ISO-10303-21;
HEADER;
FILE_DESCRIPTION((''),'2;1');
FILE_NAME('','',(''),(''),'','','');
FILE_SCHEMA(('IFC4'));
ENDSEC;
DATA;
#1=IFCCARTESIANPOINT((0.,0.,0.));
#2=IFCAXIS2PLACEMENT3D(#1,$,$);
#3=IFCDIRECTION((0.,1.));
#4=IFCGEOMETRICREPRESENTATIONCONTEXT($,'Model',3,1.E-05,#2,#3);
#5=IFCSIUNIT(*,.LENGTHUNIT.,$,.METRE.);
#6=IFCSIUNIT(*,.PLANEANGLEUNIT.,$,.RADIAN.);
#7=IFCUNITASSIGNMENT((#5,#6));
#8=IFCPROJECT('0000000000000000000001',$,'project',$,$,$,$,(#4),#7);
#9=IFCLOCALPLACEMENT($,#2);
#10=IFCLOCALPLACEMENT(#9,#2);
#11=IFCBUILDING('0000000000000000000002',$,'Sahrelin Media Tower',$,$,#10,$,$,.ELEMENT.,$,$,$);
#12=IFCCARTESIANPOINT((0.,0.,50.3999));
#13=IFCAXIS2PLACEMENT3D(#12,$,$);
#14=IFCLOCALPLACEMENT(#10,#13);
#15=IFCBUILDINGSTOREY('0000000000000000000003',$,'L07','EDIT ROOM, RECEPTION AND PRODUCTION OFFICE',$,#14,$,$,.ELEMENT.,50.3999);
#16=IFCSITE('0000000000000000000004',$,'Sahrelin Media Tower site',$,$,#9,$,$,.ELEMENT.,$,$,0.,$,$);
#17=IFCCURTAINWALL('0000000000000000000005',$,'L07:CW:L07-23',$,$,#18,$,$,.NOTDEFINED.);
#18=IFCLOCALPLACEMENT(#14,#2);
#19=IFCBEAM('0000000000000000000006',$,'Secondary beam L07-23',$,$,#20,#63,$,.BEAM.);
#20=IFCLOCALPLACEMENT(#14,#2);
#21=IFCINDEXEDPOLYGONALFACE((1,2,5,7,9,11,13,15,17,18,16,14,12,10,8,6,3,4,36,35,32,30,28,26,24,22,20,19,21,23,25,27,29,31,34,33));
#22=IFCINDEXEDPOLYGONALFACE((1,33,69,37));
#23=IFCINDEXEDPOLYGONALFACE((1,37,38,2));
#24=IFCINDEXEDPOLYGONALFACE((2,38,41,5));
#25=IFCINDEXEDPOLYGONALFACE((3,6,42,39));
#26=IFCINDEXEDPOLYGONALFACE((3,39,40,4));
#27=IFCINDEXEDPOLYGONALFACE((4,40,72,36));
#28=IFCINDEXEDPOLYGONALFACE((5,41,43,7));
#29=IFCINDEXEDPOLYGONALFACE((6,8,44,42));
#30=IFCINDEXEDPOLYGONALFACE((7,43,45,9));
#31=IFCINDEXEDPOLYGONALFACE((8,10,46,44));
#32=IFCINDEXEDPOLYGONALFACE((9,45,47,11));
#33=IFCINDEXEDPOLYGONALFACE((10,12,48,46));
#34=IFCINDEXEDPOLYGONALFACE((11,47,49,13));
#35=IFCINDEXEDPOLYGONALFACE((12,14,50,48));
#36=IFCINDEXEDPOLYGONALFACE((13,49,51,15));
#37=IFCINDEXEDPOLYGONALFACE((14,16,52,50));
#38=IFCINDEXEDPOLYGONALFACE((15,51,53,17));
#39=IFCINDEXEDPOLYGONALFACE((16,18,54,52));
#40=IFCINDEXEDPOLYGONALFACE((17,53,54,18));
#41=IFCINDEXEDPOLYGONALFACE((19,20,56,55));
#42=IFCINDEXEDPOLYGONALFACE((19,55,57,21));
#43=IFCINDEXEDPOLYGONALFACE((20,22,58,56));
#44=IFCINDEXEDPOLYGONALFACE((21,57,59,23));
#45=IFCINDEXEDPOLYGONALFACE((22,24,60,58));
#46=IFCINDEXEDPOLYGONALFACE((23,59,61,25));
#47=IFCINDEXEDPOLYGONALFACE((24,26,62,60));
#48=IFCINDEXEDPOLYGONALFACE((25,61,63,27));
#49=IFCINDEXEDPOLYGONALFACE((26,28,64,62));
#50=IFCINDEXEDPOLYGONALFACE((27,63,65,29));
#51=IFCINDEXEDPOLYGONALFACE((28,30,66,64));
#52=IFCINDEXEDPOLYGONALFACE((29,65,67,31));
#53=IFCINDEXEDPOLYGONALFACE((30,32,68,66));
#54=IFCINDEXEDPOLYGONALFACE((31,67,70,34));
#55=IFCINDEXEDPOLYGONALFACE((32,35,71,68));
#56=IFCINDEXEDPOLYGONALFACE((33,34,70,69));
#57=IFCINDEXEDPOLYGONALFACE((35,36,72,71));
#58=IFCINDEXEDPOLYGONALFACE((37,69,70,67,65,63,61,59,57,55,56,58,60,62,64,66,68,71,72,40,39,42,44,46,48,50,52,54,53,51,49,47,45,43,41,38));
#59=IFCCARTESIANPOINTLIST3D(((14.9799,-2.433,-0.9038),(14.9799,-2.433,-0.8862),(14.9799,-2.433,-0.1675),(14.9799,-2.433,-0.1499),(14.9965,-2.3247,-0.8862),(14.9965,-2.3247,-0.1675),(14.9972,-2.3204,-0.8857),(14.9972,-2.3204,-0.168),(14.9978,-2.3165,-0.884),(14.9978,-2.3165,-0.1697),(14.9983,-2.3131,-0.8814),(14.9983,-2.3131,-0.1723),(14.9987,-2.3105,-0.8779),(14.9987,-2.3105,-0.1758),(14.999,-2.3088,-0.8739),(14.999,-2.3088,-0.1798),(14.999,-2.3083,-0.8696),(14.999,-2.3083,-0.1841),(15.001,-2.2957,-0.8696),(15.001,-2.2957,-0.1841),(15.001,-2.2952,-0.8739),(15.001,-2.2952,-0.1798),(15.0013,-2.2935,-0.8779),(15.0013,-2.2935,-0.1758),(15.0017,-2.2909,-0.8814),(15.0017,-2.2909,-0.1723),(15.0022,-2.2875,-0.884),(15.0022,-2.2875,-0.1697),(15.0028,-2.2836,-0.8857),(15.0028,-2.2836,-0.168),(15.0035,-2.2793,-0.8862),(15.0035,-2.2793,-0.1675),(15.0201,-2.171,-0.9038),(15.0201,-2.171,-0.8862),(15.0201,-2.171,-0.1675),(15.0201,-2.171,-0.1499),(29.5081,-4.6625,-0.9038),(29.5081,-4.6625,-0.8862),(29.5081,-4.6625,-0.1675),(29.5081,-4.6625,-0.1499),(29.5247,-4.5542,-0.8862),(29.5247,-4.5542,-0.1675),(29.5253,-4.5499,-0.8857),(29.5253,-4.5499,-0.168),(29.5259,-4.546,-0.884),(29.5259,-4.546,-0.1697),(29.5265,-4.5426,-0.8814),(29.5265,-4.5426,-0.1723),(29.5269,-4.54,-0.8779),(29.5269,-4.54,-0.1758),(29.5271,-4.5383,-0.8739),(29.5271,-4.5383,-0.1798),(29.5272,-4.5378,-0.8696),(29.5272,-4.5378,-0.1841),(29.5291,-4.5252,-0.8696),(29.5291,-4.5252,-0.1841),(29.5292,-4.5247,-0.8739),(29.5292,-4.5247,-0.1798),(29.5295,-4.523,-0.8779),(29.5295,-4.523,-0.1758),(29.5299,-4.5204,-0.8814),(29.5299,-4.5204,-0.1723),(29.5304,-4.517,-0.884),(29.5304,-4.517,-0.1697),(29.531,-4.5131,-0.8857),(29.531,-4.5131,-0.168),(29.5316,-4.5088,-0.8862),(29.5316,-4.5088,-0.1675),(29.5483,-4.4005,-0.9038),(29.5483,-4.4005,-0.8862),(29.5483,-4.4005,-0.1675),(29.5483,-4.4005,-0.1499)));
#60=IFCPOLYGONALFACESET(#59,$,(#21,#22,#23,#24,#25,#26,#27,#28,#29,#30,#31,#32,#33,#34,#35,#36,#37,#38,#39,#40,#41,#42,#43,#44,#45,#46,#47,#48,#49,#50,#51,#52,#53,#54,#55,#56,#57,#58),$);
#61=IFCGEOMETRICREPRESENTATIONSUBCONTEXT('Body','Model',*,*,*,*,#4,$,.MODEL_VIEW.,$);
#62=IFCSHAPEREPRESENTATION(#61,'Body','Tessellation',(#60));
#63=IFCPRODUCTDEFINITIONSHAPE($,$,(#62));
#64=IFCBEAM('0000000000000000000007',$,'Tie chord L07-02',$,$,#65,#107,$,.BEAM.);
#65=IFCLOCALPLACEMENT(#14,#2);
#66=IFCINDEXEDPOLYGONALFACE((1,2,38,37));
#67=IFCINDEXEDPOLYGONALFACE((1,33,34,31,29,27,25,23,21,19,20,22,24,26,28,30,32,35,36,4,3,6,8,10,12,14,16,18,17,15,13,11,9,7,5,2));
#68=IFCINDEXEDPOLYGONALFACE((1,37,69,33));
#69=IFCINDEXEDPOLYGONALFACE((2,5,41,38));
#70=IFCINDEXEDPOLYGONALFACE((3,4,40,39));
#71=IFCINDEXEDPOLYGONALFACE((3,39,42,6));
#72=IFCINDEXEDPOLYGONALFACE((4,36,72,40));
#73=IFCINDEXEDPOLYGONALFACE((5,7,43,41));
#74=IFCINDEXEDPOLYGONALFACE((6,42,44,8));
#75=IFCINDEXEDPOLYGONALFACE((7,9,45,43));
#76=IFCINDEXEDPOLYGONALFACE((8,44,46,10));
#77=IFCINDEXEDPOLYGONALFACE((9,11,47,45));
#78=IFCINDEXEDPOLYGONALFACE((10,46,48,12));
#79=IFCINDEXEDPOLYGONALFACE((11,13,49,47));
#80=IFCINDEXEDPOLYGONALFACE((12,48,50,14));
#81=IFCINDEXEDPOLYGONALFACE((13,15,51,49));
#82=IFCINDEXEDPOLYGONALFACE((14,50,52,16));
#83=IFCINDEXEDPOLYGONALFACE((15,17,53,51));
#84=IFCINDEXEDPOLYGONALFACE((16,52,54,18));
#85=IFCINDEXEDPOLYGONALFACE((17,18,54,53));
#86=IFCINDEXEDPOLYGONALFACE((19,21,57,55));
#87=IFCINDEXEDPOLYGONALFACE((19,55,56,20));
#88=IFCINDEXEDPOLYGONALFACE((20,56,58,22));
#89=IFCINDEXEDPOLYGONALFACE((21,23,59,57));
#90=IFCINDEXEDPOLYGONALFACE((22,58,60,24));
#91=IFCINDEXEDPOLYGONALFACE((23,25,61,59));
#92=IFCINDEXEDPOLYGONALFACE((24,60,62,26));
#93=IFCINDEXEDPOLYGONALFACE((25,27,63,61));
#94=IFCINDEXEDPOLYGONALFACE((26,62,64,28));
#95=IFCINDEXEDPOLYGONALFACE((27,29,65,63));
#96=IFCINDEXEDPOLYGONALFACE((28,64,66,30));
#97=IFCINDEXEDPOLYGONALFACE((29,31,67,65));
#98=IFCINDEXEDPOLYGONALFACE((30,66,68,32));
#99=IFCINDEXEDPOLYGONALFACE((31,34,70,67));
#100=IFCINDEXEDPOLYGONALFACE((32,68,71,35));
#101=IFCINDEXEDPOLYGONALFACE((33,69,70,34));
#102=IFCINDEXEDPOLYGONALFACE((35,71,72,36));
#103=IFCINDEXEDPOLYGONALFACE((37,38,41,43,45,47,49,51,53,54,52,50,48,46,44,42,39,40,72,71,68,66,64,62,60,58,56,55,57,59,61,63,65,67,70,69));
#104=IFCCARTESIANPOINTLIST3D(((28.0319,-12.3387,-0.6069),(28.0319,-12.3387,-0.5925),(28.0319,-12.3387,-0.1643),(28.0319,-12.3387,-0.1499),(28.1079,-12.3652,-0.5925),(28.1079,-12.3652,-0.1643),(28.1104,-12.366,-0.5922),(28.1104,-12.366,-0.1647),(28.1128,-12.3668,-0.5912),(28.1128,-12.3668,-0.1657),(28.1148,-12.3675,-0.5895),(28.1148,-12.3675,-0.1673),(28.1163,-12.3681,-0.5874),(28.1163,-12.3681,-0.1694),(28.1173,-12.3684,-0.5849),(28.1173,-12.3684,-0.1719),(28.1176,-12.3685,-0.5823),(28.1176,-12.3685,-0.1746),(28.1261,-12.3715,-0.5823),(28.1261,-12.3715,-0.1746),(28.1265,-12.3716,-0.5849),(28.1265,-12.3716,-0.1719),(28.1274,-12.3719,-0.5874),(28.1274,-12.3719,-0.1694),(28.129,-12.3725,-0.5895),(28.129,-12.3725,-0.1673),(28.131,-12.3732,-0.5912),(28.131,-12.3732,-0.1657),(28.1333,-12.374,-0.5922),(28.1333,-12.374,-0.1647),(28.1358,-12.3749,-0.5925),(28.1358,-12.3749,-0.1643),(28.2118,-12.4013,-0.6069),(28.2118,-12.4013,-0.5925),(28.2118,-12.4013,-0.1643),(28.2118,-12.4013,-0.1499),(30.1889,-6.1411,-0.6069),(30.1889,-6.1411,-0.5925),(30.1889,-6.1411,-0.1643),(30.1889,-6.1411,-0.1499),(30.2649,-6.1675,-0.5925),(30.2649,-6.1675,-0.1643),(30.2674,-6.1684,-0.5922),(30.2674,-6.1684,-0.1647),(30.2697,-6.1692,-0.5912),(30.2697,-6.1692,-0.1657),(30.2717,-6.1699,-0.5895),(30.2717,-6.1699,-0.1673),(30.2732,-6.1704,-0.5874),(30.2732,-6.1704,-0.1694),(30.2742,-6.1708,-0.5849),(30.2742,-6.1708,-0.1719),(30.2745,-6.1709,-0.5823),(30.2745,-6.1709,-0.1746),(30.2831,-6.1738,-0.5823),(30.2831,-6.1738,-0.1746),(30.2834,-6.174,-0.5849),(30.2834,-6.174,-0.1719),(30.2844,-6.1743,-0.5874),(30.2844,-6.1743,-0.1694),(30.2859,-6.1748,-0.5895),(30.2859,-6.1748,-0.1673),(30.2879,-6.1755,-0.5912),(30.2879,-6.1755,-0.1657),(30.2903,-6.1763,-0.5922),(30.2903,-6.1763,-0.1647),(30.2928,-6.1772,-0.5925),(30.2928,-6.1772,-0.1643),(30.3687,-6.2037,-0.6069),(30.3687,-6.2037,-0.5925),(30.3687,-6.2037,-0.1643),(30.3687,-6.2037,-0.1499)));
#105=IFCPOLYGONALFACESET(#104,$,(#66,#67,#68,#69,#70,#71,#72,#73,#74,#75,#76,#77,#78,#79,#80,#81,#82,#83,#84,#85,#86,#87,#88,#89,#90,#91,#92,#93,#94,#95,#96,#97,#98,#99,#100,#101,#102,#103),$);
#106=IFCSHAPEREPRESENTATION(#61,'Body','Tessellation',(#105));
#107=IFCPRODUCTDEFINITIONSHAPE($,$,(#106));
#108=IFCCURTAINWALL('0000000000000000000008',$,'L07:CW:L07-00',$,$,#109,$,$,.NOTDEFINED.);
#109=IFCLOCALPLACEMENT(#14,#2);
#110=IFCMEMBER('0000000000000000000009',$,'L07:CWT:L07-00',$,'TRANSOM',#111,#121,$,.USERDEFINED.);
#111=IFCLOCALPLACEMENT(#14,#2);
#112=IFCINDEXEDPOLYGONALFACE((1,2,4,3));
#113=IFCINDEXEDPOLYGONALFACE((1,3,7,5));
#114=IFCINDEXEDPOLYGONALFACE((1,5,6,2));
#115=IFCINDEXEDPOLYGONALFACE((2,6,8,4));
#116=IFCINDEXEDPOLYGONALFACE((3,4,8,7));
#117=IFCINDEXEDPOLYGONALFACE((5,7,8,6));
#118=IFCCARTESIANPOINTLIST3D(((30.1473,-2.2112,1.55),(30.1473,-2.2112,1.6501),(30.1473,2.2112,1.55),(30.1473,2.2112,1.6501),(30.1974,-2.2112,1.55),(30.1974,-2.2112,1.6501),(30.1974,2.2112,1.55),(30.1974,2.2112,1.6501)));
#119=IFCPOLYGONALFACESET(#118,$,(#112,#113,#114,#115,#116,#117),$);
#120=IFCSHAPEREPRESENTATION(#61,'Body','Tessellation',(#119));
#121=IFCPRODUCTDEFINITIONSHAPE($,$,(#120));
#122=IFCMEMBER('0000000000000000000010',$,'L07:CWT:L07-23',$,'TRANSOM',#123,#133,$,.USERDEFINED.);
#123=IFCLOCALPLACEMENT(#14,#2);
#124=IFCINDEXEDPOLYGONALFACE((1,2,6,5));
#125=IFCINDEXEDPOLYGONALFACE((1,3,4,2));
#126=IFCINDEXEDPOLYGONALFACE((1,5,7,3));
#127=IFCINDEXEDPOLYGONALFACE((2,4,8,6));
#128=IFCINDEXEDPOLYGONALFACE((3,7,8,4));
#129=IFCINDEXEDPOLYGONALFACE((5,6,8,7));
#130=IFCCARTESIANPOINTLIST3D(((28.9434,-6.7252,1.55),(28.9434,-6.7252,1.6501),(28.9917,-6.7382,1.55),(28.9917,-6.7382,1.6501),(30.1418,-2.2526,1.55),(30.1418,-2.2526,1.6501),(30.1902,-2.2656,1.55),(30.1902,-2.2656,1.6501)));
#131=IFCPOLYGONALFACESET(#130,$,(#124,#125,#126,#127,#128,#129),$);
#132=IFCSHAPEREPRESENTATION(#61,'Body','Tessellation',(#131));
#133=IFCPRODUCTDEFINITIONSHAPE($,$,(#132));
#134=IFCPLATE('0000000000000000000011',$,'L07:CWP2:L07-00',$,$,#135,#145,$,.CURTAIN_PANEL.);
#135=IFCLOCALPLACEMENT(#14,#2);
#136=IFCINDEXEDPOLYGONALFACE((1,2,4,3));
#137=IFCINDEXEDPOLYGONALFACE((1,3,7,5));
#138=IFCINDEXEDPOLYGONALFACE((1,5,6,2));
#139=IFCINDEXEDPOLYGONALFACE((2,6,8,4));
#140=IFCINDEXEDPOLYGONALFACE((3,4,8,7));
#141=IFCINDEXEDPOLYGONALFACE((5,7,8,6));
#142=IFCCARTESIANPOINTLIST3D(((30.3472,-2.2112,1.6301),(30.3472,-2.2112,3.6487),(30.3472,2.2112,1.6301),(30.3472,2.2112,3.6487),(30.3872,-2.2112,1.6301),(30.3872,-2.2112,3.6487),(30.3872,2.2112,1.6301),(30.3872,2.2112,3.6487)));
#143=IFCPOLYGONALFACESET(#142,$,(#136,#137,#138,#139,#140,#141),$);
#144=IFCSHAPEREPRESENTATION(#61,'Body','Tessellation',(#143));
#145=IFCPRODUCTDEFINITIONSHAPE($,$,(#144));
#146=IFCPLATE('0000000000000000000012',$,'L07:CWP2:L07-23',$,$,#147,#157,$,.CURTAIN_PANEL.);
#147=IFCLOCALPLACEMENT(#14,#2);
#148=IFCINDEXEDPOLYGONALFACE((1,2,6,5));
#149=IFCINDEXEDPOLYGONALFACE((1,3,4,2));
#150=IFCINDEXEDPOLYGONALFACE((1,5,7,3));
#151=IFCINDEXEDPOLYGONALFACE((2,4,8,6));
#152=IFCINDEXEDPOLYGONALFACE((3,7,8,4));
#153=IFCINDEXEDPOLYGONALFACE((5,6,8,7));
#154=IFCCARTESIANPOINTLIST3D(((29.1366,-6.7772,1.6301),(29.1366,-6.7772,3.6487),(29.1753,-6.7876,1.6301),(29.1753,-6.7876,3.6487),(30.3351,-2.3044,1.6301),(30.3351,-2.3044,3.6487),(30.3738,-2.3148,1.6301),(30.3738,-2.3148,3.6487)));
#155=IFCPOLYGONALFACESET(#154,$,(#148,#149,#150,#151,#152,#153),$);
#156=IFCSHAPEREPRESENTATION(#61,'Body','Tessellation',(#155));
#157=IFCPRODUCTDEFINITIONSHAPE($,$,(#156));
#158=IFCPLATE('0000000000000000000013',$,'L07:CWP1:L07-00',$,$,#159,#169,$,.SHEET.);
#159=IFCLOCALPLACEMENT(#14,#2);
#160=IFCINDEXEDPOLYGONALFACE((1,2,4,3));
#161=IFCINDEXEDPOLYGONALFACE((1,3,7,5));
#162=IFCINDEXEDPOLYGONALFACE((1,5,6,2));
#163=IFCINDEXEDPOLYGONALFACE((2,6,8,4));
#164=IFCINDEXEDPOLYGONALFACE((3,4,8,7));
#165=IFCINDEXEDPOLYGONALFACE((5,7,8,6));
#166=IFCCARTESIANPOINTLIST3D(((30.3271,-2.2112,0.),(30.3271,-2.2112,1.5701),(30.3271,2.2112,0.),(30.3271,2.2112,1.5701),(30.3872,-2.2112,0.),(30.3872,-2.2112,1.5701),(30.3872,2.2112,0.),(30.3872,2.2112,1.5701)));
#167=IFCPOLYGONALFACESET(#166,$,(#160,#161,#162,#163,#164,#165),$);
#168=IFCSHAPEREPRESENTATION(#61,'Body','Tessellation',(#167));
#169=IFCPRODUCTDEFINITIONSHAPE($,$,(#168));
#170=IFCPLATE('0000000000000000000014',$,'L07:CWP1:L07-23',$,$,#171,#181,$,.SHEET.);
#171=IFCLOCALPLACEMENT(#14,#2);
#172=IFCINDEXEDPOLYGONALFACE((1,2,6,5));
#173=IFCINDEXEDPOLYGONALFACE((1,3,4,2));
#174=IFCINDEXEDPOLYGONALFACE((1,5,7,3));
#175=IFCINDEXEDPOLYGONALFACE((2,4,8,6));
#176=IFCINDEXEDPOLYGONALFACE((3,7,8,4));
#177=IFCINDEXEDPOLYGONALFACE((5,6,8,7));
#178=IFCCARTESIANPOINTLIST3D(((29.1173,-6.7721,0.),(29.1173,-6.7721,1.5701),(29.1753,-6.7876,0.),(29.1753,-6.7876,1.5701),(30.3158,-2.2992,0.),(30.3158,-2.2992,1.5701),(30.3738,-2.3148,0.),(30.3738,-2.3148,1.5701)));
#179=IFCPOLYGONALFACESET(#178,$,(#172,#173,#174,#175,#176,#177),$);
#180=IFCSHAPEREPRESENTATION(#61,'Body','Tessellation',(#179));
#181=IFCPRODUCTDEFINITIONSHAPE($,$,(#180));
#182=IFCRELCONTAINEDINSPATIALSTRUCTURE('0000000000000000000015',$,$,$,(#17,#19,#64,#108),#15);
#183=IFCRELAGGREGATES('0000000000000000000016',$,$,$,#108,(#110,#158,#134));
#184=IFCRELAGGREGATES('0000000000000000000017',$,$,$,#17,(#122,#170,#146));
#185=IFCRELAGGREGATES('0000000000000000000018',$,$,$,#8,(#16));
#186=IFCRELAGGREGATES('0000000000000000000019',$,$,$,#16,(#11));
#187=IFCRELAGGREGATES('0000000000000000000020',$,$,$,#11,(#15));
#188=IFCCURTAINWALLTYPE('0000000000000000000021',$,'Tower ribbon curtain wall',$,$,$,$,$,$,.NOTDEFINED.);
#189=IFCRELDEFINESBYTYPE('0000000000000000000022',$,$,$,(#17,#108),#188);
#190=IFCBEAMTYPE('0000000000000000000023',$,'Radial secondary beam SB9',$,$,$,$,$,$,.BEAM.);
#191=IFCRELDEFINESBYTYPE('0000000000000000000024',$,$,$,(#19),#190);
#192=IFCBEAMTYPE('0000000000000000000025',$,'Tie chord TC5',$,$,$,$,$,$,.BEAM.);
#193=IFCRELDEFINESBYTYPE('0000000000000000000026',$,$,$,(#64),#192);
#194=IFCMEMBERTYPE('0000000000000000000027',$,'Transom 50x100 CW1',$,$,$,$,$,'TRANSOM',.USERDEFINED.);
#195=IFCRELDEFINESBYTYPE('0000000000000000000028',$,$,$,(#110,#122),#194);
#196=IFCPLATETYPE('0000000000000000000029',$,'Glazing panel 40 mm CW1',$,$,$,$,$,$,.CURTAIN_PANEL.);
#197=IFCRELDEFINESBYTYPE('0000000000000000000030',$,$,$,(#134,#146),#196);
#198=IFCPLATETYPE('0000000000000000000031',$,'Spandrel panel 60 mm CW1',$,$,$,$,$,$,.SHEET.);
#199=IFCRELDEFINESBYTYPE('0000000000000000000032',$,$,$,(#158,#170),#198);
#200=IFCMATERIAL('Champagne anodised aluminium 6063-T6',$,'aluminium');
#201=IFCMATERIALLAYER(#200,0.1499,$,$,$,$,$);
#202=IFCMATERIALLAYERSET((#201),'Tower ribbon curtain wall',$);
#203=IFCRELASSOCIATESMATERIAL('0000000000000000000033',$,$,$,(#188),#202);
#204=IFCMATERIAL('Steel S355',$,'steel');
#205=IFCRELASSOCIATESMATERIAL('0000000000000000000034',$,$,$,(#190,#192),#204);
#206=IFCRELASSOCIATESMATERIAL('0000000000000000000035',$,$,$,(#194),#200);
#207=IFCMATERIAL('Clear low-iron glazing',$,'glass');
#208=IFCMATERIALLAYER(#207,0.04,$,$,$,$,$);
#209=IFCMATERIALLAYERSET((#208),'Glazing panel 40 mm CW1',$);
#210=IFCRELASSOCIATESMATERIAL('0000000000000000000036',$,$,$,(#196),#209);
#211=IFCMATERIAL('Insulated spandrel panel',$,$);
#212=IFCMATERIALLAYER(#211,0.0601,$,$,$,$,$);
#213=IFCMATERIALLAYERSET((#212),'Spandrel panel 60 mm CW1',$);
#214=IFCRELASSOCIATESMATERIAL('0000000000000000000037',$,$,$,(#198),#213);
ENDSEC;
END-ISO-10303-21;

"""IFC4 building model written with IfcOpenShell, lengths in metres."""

from ifc_helpers import new_model, si_unit, direction, frame, origin, origin_2d, place, context, subcontext, project, spatial, polyline, rectangle, i_section, outline, extrude, material, layer, layer_set, material_profile, profile_set, type_object, element, aggregate, save


model = new_model("IFC4")

# Units and contexts
model_context = context("Model", 3, precision=1e-05, world=origin(), true_north=direction((0.0, 1.0)))
body_context = subcontext(model_context, "Body", "Model", "MODEL_VIEW")
ifc_project = project(units=[si_unit("LENGTHUNIT", "METRE"), si_unit("PLANEANGLEUNIT", "RADIAN")], contexts=[model_context])

# Site, building, storey
site_placement = place(None, origin())
site = spatial("IfcSite", under=ifc_project, at=site_placement, Name="Sahrelin Media Tower site", CompositionType="ELEMENT", RefElevation=0.0)
building_placement = place(site_placement, origin())
building = spatial("IfcBuilding", under=site, at=building_placement, Name="Sahrelin Media Tower", CompositionType="ELEMENT")
storey_placement = place(building_placement, frame((0.0, 0.0, 50.3999)))
storey = spatial("IfcBuildingStorey", under=building, at=storey_placement, Name="L07", Description="EDIT ROOM, RECEPTION AND PRODUCTION OFFICE", CompositionType="ELEMENT", Elevation=50.3999)

# Shared definitions
ifc_material_1 = material(Name="Steel S355", Category="steel")

# Curtain wall
ifc_material_2 = material(Name="Champagne anodised aluminium 6063-T6", Category="aluminium")
ifc_layer_1 = layer(ifc_material_2, 0.1499)
ifc_layer_set_1 = layer_set([ifc_layer_1], Name="Tower ribbon curtain wall")
curtain_wall_type = type_object("IfcCurtainWallType", Name="Tower ribbon curtain wall", PredefinedType="NOTDEFINED", material=ifc_layer_set_1)
curtain_wall_1_placement = place(storey_placement, frame((29.7551, -4.5459, 0.0), z_axis=(0.0, 0.0, 1.0), x_axis=(1.0, 0.0, 0.0)))
curtain_wall_1 = element("IfcCurtainWall", 1, at=curtain_wall_1_placement, inside=storey, type_object=curtain_wall_type, Name="L07:CW:L07-23", PredefinedType="NOTDEFINED")

# Beams
ifc_material_profile_1 = material_profile(ifc_material_1, i_section(OverallWidth=0.2651, OverallDepth=0.7539, WebThickness=0.0127, FlangeThickness=0.0176, FilletRadius=0.0166, at=origin_2d()), Name="UB 762x267x147")
ifc_profile_set_1 = profile_set([ifc_material_profile_1], Name="Steel S355")
beam_type_1 = type_object("IfcBeamType", Name="Radial secondary beam SB9", PredefinedType="BEAM", material=ifc_profile_set_1)
beam_1_placement = place(storey_placement, frame((15.0, -2.302, -0.5269), z_axis=(0.988429, -0.151685, 0.0), x_axis=(0.151685, 0.988429, 0.0)))
element("IfcBeam", 2, at=beam_1_placement, inside=storey, type_object=beam_type_1, Name="Secondary beam L07-23", PredefinedType="BEAM", context=body_context, shape_type="SweptSolid", body=[
    extrude(i_section(OverallWidth=0.2651, OverallDepth=0.7539, WebThickness=0.0127, FlangeThickness=0.0176, FilletRadius=0.0166, at=origin_2d()), origin(), (0.0, 0.0, 1.0), 14.6982),
])
ifc_material_profile_2 = material_profile(ifc_material_1, i_section(OverallWidth=0.1904, OverallDepth=0.457, WebThickness=0.009, FlangeThickness=0.0144, FilletRadius=0.0103, at=origin_2d()), Name="UB 457x191x74")
ifc_profile_set_2 = profile_set([ifc_material_profile_2], Name="Steel S355")
beam_type_2 = type_object("IfcBeamType", Name="Tie chord TC5", PredefinedType="BEAM", material=ifc_profile_set_2)
beam_2_placement = place(storey_placement, frame((30.2788, -6.1724, -0.3784), z_axis=(-0.328689, -0.944438, 0.0), x_axis=(0.944438, -0.328689, 0.0)))
element("IfcBeam", 3, at=beam_2_placement, inside=storey, type_object=beam_type_2, Name="Tie chord L07-02", PredefinedType="BEAM", context=body_context, shape_type="SweptSolid", body=[
    extrude(i_section(OverallWidth=0.1904, OverallDepth=0.457, WebThickness=0.009, FlangeThickness=0.0144, FilletRadius=0.0103, at=origin_2d()), origin(), (0.0, 0.0, 1.0), 6.5623),
])

# Curtain wall, member
curtain_wall_2_placement = place(storey_placement, frame((30.3672, 0.0, 0.0), z_axis=(0.0, 0.0, 1.0), x_axis=(1.0, 0.0, 0.0)))
curtain_wall_2 = element("IfcCurtainWall", 4, at=curtain_wall_2_placement, inside=storey, type_object=curtain_wall_type, Name="L07:CW:L07-00", PredefinedType="NOTDEFINED")
ifc_material_profile_3 = material_profile(ifc_material_2, rectangle(XDim=0.05, YDim=0.1001, at=origin_2d()), Name="Transom 50x100")
ifc_profile_set_3 = profile_set([ifc_material_profile_3], Name="Champagne anodised aluminium 6063-T6")
member_type_1 = type_object("IfcMemberType", Name="Transom 50x100 CW1", ElementType="TRANSOM", PredefinedType="USERDEFINED", material=ifc_profile_set_3)
member_1_placement = place(storey_placement, frame((30.1724, -2.2112, 1.6001), z_axis=(0.0, 1.0, 0.0), x_axis=(-1.0, 0.0, 0.0)))
member_1 = element("IfcMember", 5, at=member_1_placement, type_object=member_type_1, Name="L07:CWT:L07-00", ObjectType="TRANSOM", PredefinedType="USERDEFINED", context=body_context, shape_type="SweptSolid", body=[
    extrude(rectangle(XDim=0.05, YDim=0.1001, at=origin_2d()), origin(), (0.0, 0.0, 1.0), 4.4224),
])

# Member
member_2_placement = place(storey_placement, frame((28.9675, -6.7317, 1.6001), z_axis=(0.258827, 0.965924, 0.0), x_axis=(-0.965924, 0.258827, 0.0)))
member_2 = element("IfcMember", 6, at=member_2_placement, type_object=member_type_1, Name="L07:CWT:L07-23", ObjectType="TRANSOM", PredefinedType="USERDEFINED", context=body_context, shape_type="SweptSolid", body=[
    extrude(rectangle(XDim=0.05, YDim=0.1001, at=origin_2d()), origin(), (0.0, 0.0, 1.0), 4.6304),
])

# Plates
ifc_material_3 = material(Name="Clear low-iron glazing", Category="glass")
ifc_layer_2 = layer(ifc_material_3, 0.04)
ifc_layer_set_2 = layer_set([ifc_layer_2], Name="Glazing panel 40 mm CW1")
plate_type_1 = type_object("IfcPlateType", Name="Glazing panel 40 mm CW1", PredefinedType="CURTAIN_PANEL", material=ifc_layer_set_2)
plate_1_placement = place(storey_placement, frame((30.3872, -2.2112, 1.6301), z_axis=(1.0, 0.0, 0.0), x_axis=(0.0, 1.0, 0.0)))
plate_1 = element("IfcPlate", 7, at=plate_1_placement, type_object=plate_type_1, Name="L07:CWP2:L07-00", PredefinedType="CURTAIN_PANEL", context=body_context, shape_type="SweptSolid", body=[
    extrude(outline(polyline([(0.0, 0.0), (4.4224, 0.0), (4.4224, 2.0186), (0.0, 2.0186), (0.0, 0.0)])), origin(), (0.0, 0.0, -1.0), 0.04),
])
plate_2_placement = place(storey_placement, frame((29.1753, -6.7876, 1.6301), z_axis=(0.965927, -0.258814, 0.0), x_axis=(0.258814, 0.965927, 0.0)))
plate_2 = element("IfcPlate", 8, at=plate_2_placement, type_object=plate_type_1, Name="L07:CWP2:L07-23", PredefinedType="CURTAIN_PANEL", context=body_context, shape_type="SweptSolid", body=[
    extrude(outline(polyline([(0.0, 0.0), (4.6306, 0.0), (4.6306, 2.0186), (0.0, 2.0186), (0.0, 0.0)])), origin(), (0.0, 0.0, -1.0), 0.04),
])
ifc_material_4 = material(Name="Insulated spandrel panel")
ifc_layer_3 = layer(ifc_material_4, 0.0601)
ifc_layer_set_3 = layer_set([ifc_layer_3], Name="Spandrel panel 60 mm CW1")
plate_type_2 = type_object("IfcPlateType", Name="Spandrel panel 60 mm CW1", PredefinedType="SHEET", material=ifc_layer_set_3)
plate_3_placement = place(storey_placement, frame((30.3872, -2.2112, 0.0), z_axis=(1.0, 0.0, 0.0), x_axis=(0.0, 1.0, 0.0)))
plate_3 = element("IfcPlate", 9, at=plate_3_placement, type_object=plate_type_2, Name="L07:CWP1:L07-00", PredefinedType="SHEET", context=body_context, shape_type="SweptSolid", body=[
    extrude(outline(polyline([(0.0, 0.0), (4.4224, 0.0), (4.4224, 1.5701), (0.0, 1.5701), (0.0, 0.0)])), origin(), (0.0, 0.0, -1.0), 0.0601),
])
aggregate(curtain_wall_2, [member_1, plate_3, plate_1])
plate_4_placement = place(storey_placement, frame((29.1753, -6.7876, 0.0), z_axis=(0.965927, -0.258814, 0.0), x_axis=(0.258814, 0.965927, 0.0)))
plate_4 = element("IfcPlate", 10, at=plate_4_placement, type_object=plate_type_2, Name="L07:CWP1:L07-23", PredefinedType="SHEET", context=body_context, shape_type="SweptSolid", body=[
    extrude(outline(polyline([(0.0, 0.0), (4.6306, 0.0), (4.6306, 1.5701), (0.0, 1.5701), (0.0, 0.0)])), origin(), (0.0, 0.0, -1.0), 0.0601),
])
aggregate(curtain_wall_1, [member_2, plate_4, plate_2])

save(model, "model.ifc")
